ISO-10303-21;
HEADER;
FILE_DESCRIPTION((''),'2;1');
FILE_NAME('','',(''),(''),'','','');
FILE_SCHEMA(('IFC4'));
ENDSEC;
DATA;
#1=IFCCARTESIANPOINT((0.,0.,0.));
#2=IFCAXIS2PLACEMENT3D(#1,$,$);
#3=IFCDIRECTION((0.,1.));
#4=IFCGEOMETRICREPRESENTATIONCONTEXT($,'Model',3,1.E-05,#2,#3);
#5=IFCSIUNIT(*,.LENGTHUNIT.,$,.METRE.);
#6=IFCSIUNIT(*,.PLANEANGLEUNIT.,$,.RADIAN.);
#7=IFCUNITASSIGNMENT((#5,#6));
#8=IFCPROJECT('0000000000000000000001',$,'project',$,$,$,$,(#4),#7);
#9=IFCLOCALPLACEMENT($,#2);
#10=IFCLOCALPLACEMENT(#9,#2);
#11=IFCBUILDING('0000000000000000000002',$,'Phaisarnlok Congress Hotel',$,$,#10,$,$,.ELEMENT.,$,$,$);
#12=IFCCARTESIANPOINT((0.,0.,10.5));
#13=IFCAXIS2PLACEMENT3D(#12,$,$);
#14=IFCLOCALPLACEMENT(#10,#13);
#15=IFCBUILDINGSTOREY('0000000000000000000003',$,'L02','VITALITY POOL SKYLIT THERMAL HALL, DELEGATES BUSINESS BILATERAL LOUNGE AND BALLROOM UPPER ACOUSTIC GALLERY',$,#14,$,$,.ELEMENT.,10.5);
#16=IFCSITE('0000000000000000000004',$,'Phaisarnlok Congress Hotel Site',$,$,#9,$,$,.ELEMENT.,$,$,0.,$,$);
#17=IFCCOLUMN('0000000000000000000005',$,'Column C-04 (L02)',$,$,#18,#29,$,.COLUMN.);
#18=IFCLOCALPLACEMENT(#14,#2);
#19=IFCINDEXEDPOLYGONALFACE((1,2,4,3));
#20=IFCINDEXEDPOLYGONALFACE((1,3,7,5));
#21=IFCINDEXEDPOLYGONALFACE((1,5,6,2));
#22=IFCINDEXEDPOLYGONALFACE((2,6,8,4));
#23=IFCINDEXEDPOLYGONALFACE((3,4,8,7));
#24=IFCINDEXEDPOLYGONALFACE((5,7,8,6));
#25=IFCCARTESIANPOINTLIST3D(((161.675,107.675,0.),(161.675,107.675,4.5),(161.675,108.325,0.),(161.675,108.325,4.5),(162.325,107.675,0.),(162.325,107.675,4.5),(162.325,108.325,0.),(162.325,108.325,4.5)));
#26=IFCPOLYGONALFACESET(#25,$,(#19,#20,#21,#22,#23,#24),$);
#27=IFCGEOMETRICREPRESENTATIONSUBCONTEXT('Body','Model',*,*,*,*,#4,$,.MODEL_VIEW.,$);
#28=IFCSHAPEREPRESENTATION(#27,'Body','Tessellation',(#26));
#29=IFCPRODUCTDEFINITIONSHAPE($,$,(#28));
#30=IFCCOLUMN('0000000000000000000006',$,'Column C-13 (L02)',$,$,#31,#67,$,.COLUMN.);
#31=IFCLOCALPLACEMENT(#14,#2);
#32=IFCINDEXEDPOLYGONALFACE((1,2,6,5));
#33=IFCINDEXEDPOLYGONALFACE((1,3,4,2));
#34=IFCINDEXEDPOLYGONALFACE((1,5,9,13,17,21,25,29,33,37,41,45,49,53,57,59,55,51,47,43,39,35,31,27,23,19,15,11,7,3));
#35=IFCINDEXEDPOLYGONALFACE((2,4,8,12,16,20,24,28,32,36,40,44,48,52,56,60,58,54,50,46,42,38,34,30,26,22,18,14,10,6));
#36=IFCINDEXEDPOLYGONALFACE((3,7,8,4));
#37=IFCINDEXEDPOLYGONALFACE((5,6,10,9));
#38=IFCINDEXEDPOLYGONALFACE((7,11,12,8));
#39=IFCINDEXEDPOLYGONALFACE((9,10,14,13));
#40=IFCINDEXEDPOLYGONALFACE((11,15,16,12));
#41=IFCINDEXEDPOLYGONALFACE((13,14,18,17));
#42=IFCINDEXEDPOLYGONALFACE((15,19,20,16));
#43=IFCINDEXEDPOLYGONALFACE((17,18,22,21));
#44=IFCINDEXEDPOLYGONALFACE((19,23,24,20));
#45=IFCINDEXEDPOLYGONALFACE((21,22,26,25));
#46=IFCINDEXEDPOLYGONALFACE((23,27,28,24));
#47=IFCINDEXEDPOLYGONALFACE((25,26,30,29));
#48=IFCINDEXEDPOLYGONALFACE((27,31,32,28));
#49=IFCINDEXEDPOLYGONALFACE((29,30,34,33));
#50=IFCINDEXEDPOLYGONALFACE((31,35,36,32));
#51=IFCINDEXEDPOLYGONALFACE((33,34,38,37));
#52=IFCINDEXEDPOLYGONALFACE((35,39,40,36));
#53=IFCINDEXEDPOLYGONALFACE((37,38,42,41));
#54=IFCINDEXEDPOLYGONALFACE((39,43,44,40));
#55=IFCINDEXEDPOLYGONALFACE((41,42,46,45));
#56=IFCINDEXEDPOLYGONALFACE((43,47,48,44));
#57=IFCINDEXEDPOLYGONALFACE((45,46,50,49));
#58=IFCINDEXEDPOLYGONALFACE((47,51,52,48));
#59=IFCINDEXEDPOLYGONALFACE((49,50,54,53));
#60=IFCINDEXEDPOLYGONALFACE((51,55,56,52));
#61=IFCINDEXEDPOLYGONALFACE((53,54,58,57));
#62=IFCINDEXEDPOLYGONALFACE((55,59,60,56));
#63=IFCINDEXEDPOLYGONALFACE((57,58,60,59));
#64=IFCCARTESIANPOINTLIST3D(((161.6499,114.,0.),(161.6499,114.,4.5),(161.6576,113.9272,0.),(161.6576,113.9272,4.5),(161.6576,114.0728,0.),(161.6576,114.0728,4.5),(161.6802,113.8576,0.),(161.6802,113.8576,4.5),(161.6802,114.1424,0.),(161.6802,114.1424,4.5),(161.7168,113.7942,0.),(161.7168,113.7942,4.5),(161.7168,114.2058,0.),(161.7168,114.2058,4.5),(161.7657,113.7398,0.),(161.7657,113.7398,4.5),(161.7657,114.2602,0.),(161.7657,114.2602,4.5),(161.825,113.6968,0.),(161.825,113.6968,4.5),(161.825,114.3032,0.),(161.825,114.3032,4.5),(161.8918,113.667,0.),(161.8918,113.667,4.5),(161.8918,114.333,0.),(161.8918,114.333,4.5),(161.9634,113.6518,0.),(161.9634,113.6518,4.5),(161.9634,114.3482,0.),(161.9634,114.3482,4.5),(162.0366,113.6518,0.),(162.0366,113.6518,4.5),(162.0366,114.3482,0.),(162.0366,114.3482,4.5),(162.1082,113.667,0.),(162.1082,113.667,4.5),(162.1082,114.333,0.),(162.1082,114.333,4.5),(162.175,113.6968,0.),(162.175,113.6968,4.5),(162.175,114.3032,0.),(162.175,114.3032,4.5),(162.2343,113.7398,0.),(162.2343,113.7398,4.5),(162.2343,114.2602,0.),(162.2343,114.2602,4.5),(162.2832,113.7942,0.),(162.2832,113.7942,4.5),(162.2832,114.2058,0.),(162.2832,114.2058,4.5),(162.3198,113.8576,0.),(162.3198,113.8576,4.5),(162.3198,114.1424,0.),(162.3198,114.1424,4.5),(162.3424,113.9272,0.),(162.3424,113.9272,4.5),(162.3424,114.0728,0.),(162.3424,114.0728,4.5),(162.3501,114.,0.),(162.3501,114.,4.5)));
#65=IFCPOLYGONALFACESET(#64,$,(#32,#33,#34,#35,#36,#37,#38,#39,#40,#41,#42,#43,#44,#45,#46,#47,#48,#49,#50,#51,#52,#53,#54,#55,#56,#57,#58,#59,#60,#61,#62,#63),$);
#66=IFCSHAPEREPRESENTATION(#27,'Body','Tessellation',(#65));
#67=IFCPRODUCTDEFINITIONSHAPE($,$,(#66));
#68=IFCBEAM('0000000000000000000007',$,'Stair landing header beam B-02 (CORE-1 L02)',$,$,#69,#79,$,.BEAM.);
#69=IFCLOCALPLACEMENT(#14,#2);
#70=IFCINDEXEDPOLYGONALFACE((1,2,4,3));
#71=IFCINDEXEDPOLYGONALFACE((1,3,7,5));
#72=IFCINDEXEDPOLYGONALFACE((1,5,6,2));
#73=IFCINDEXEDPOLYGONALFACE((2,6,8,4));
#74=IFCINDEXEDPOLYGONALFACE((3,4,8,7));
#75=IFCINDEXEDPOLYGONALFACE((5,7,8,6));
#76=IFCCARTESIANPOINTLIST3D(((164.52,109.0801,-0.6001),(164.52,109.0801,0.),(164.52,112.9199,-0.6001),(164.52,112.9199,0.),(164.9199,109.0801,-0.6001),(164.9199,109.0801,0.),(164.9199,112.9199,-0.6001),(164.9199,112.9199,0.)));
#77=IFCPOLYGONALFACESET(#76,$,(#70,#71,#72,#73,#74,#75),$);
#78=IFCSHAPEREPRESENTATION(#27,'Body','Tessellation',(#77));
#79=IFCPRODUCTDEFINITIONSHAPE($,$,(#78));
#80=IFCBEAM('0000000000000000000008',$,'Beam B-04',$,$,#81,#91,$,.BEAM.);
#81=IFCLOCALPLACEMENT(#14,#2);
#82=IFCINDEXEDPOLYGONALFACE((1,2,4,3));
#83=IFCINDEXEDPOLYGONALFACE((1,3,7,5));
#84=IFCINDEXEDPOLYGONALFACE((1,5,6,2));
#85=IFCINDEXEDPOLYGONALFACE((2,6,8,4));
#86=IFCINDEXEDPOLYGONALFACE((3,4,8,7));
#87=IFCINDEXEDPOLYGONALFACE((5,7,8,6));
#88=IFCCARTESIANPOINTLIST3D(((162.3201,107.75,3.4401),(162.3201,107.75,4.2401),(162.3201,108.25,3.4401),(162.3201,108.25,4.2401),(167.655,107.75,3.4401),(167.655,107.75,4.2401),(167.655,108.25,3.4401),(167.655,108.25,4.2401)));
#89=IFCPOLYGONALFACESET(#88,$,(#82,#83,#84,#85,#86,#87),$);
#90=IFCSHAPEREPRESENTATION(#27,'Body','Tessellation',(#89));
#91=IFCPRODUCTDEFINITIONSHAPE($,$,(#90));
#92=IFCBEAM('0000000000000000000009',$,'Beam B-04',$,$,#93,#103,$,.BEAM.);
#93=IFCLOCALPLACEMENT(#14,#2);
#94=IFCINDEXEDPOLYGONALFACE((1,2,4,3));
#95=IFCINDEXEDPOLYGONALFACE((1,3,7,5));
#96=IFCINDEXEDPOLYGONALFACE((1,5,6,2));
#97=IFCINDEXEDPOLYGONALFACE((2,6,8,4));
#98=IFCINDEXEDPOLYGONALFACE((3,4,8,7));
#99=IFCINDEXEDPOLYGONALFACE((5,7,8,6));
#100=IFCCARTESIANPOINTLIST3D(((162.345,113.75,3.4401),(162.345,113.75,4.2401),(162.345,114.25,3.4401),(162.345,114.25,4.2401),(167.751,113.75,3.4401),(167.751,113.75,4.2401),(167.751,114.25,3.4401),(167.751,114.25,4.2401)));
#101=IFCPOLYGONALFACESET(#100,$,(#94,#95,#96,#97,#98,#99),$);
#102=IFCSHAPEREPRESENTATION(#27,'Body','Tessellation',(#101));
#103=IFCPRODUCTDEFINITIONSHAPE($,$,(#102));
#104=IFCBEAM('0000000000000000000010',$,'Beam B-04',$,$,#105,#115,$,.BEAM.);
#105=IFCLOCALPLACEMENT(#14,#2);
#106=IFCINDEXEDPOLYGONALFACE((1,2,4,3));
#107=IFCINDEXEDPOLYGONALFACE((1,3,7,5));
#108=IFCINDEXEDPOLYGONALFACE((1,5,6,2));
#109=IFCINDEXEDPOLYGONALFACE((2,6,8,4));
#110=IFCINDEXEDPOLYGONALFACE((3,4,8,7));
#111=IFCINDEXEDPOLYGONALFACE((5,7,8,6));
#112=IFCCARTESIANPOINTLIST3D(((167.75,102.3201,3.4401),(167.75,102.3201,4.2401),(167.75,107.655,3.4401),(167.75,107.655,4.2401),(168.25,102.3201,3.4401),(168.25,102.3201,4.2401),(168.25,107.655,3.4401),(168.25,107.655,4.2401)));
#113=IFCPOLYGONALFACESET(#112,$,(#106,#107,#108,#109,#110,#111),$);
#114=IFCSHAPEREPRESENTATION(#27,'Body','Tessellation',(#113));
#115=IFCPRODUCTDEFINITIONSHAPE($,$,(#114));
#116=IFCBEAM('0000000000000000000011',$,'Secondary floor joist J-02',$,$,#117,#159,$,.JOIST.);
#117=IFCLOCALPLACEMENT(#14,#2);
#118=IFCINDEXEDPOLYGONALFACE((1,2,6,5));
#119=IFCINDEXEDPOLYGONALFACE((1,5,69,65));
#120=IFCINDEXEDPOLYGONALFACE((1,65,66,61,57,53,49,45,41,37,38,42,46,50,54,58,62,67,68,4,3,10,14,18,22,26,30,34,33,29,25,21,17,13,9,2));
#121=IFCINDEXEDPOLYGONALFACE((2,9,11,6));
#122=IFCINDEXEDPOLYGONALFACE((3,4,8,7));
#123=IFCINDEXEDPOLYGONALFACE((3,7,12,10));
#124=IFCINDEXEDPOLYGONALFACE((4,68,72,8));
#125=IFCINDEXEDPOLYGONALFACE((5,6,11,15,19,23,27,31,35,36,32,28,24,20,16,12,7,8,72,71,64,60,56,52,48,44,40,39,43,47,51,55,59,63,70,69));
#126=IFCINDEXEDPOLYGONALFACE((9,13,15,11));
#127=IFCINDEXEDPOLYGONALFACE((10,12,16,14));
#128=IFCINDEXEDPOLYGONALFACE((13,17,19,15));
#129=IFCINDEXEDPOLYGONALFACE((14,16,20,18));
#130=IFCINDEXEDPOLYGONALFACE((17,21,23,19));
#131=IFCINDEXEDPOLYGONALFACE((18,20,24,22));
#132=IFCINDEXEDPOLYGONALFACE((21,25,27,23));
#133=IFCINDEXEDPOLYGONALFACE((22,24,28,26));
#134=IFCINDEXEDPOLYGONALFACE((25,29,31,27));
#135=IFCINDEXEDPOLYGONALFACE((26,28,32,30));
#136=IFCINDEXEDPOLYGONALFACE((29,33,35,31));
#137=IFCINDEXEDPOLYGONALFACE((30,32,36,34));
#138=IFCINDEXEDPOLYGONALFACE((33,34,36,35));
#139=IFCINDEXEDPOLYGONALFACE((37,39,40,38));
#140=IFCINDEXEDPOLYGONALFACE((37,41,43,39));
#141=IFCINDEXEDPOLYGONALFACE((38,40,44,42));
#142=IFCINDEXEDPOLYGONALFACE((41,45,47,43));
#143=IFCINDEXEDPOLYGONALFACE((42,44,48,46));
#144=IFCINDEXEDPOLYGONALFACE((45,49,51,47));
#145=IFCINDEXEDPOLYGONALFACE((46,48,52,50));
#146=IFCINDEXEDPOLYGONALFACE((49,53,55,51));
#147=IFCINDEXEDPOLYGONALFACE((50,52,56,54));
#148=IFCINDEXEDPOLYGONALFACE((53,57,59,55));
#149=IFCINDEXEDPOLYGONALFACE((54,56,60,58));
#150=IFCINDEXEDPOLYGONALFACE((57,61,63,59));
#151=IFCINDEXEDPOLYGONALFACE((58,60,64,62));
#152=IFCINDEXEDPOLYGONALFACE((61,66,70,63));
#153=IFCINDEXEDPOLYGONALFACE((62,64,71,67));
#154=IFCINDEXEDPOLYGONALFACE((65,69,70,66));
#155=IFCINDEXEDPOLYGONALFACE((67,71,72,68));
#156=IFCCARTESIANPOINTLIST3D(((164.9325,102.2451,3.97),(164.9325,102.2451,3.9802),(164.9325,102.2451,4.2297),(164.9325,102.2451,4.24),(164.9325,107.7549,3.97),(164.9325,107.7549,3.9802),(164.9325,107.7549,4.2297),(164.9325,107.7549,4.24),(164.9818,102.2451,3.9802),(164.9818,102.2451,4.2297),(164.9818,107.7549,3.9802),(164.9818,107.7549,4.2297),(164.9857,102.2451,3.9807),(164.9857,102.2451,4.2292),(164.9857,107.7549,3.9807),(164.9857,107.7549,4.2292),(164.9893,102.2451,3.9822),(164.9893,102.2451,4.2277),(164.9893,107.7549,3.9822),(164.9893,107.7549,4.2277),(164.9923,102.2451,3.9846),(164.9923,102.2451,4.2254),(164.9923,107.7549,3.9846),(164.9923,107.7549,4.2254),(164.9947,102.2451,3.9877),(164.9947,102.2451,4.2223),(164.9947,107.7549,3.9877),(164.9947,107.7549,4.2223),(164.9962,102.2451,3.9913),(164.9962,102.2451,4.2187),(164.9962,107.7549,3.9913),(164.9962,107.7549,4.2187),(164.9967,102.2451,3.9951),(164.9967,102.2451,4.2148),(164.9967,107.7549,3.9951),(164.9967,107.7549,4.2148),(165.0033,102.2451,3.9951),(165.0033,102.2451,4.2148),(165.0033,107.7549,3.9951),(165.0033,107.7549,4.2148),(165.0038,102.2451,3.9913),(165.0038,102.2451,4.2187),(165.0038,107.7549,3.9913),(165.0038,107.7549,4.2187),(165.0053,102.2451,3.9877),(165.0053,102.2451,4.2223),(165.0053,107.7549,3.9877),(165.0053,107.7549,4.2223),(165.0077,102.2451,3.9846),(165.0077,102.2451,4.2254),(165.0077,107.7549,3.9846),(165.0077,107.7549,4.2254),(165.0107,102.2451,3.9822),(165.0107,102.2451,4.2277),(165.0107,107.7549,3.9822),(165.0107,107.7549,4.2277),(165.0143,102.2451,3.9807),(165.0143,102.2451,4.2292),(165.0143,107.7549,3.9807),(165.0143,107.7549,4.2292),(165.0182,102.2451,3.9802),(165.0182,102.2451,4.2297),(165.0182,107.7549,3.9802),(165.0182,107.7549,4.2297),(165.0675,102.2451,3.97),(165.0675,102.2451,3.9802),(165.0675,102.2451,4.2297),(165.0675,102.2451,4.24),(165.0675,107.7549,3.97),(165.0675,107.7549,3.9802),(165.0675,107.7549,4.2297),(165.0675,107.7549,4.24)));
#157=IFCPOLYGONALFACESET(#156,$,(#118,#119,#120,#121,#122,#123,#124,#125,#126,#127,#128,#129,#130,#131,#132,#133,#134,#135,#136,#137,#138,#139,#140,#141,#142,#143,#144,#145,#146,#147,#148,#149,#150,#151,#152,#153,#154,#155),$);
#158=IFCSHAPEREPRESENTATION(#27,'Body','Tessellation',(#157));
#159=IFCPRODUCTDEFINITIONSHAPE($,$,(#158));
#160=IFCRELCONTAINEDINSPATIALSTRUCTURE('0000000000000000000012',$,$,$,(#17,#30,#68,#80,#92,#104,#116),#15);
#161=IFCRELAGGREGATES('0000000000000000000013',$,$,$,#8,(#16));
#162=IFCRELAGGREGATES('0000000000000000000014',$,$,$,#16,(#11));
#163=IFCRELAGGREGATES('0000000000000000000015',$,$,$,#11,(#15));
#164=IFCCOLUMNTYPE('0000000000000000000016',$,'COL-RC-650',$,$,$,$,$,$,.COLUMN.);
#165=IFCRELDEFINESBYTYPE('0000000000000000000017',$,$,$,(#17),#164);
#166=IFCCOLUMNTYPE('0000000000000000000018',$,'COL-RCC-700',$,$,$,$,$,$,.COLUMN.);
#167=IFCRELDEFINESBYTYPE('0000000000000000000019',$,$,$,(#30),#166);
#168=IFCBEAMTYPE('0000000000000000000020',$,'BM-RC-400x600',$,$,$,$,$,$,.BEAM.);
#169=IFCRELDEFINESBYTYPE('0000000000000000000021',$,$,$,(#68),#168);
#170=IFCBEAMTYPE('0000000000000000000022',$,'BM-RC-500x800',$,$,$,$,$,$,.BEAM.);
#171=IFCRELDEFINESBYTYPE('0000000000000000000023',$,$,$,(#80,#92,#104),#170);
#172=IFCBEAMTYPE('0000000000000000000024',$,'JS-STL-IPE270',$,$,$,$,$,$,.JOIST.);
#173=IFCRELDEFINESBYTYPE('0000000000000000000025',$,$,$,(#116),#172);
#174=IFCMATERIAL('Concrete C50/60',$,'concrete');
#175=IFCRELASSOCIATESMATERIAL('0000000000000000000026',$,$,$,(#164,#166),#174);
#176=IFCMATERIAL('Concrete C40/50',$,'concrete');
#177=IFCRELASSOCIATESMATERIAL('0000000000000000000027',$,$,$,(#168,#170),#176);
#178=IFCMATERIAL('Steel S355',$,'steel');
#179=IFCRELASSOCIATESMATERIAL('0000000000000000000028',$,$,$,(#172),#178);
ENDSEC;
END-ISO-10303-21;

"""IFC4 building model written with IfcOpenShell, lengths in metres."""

from ifc_helpers import new_model, si_unit, direction, frame, origin, origin_2d, place, context, subcontext, project, spatial, rectangle, circle, i_section, extrude, material, material_profile, profile_set, type_object, element, save


model = new_model("IFC4")

# Units and contexts
model_context = context("Model", 3, precision=1e-05, world=origin(), true_north=direction((0.0, 1.0)))
body_context = subcontext(model_context, "Body", "Model", "MODEL_VIEW")
ifc_project = project(units=[si_unit("LENGTHUNIT", "METRE"), si_unit("PLANEANGLEUNIT", "RADIAN")], contexts=[model_context])

# Site, building, storey
site_placement = place(None, origin())
site = spatial("IfcSite", under=ifc_project, at=site_placement, Name="Phaisarnlok Congress Hotel Site", CompositionType="ELEMENT", RefElevation=0.0)
building_placement = place(site_placement, origin())
building = spatial("IfcBuilding", under=site, at=building_placement, Name="Phaisarnlok Congress Hotel", CompositionType="ELEMENT")
storey_placement = place(building_placement, frame((0.0, 0.0, 10.5)))
storey = spatial("IfcBuildingStorey", under=building, at=storey_placement, Name="L02", Description="VITALITY POOL SKYLIT THERMAL HALL, DELEGATES BUSINESS BILATERAL LOUNGE AND BALLROOM UPPER ACOUSTIC GALLERY", CompositionType="ELEMENT", Elevation=10.5)

# Columns
ifc_material_1 = material(Name="Concrete C50/60", Category="concrete")
ifc_material_profile_1 = material_profile(ifc_material_1, rectangle(XDim=0.6499, YDim=0.6499, at=origin_2d()), Name="RC 650x650")
ifc_profile_set_1 = profile_set([ifc_material_profile_1], Name="Concrete C50/60")
column_type_1 = type_object("IfcColumnType", Name="COL-RC-650", PredefinedType="COLUMN", material=ifc_profile_set_1)
column_1_placement = place(storey_placement, frame((162.0, 108.0, 0.0), z_axis=(0.0, 0.0, 1.0), x_axis=(1.0, 0.0, 0.0)))
element("IfcColumn", 1, at=column_1_placement, inside=storey, type_object=column_type_1, Name="Column C-04 (L02)", PredefinedType="COLUMN", context=body_context, shape_type="SweptSolid", body=[
    extrude(rectangle(XDim=0.6499, YDim=0.6499, at=origin_2d()), origin(), (0.0, 0.0, 1.0), 4.5),
])
ifc_material_profile_2 = material_profile(ifc_material_1, circle(Radius=0.3501, at=origin_2d()), Name="RCC D700")
ifc_profile_set_2 = profile_set([ifc_material_profile_2], Name="Concrete C50/60")
column_type_2 = type_object("IfcColumnType", Name="COL-RCC-700", PredefinedType="COLUMN", material=ifc_profile_set_2)
column_2_placement = place(storey_placement, frame((162.0, 114.0, 0.0), z_axis=(0.0, 0.0, 1.0), x_axis=(1.0, 0.0, 0.0)))
element("IfcColumn", 2, at=column_2_placement, inside=storey, type_object=column_type_2, Name="Column C-13 (L02)", PredefinedType="COLUMN", context=body_context, shape_type="SweptSolid", body=[
    extrude(circle(Radius=0.3501, at=origin_2d()), origin(), (0.0, 0.0, 1.0), 4.5),
])

# Beams
ifc_material_2 = material(Name="Concrete C40/50", Category="concrete")
ifc_material_profile_3 = material_profile(ifc_material_2, rectangle(XDim=0.3999, YDim=0.6001, at=origin_2d()), Name="RC 400x600")
ifc_profile_set_3 = profile_set([ifc_material_profile_3], Name="Concrete C40/50")
beam_type_1 = type_object("IfcBeamType", Name="BM-RC-400x600", PredefinedType="BEAM", material=ifc_profile_set_3)
beam_1_placement = place(storey_placement, frame((164.72, 109.0801, -0.3), z_axis=(0.0, 1.0, 0.0), x_axis=(-1.0, 0.0, 0.0)))
element("IfcBeam", 3, at=beam_1_placement, inside=storey, type_object=beam_type_1, Name="Stair landing header beam B-02 (CORE-1 L02)", PredefinedType="BEAM", context=body_context, shape_type="SweptSolid", body=[
    extrude(rectangle(XDim=0.3999, YDim=0.6001, at=origin_2d()), origin(), (0.0, 0.0, 1.0), 3.8398),
])
ifc_material_profile_4 = material_profile(ifc_material_2, rectangle(XDim=0.5, YDim=0.8, at=origin_2d()), Name="RC 500x800")
ifc_profile_set_4 = profile_set([ifc_material_profile_4], Name="Concrete C40/50")
beam_type_2 = type_object("IfcBeamType", Name="BM-RC-500x800", PredefinedType="BEAM", material=ifc_profile_set_4)
beam_2_placement = place(storey_placement, frame((162.3201, 108.0, 3.8401), z_axis=(1.0, 0.0, 0.0), x_axis=(0.0, 1.0, 0.0)))
element("IfcBeam", 4, at=beam_2_placement, inside=storey, type_object=beam_type_2, Name="Beam B-04", PredefinedType="BEAM", context=body_context, shape_type="SweptSolid", body=[
    extrude(rectangle(XDim=0.5, YDim=0.8, at=origin_2d()), origin(), (0.0, 0.0, 1.0), 5.335),
])
beam_3_placement = place(storey_placement, frame((162.345, 114.0, 3.8401), z_axis=(1.0, 0.0, 0.0), x_axis=(0.0, 1.0, 0.0)))
element("IfcBeam", 5, at=beam_3_placement, inside=storey, type_object=beam_type_2, Name="Beam B-04", PredefinedType="BEAM", context=body_context, shape_type="SweptSolid", body=[
    extrude(rectangle(XDim=0.5, YDim=0.8, at=origin_2d()), origin(), (0.0, 0.0, 1.0), 5.406),
])
beam_4_placement = place(storey_placement, frame((168.0, 102.3201, 3.8401), z_axis=(0.0, 1.0, 0.0), x_axis=(-1.0, 0.0, 0.0)))
element("IfcBeam", 6, at=beam_4_placement, inside=storey, type_object=beam_type_2, Name="Beam B-04", PredefinedType="BEAM", context=body_context, shape_type="SweptSolid", body=[
    extrude(rectangle(XDim=0.5, YDim=0.8, at=origin_2d()), origin(), (0.0, 0.0, 1.0), 5.335),
])
ifc_material_3 = material(Name="Steel S355", Category="steel")
ifc_material_profile_5 = material_profile(ifc_material_3, i_section(OverallWidth=0.135, OverallDepth=0.27, WebThickness=0.0066, FlangeThickness=0.0103, FilletRadius=0.0149, at=origin_2d()), Name="IPE 270")
ifc_profile_set_5 = profile_set([ifc_material_profile_5], Name="Steel S355")
beam_type_3 = type_object("IfcBeamType", Name="JS-STL-IPE270", PredefinedType="JOIST", material=ifc_profile_set_5)
for number, where, z_axis, x_axis, name in (
    (7, (165.0, 102.2451, 4.105), (0.0, 1.0, 0.0), (-1.0, 0.0, 0.0), "Secondary floor joist J-02"),
):
    element("IfcBeam", number, at=place(storey_placement, frame(where, z_axis=z_axis, x_axis=x_axis)), inside=storey, type_object=beam_type_3, Name=name, PredefinedType="JOIST", context=body_context, shape_type="SweptSolid", body=[
        extrude(i_section(OverallWidth=0.135, OverallDepth=0.27, WebThickness=0.0066, FlangeThickness=0.0103, FilletRadius=0.0149, at=origin_2d()), origin(), (0.0, 0.0, 1.0), 5.5098),
    ])

save(model, "model.ifc")
